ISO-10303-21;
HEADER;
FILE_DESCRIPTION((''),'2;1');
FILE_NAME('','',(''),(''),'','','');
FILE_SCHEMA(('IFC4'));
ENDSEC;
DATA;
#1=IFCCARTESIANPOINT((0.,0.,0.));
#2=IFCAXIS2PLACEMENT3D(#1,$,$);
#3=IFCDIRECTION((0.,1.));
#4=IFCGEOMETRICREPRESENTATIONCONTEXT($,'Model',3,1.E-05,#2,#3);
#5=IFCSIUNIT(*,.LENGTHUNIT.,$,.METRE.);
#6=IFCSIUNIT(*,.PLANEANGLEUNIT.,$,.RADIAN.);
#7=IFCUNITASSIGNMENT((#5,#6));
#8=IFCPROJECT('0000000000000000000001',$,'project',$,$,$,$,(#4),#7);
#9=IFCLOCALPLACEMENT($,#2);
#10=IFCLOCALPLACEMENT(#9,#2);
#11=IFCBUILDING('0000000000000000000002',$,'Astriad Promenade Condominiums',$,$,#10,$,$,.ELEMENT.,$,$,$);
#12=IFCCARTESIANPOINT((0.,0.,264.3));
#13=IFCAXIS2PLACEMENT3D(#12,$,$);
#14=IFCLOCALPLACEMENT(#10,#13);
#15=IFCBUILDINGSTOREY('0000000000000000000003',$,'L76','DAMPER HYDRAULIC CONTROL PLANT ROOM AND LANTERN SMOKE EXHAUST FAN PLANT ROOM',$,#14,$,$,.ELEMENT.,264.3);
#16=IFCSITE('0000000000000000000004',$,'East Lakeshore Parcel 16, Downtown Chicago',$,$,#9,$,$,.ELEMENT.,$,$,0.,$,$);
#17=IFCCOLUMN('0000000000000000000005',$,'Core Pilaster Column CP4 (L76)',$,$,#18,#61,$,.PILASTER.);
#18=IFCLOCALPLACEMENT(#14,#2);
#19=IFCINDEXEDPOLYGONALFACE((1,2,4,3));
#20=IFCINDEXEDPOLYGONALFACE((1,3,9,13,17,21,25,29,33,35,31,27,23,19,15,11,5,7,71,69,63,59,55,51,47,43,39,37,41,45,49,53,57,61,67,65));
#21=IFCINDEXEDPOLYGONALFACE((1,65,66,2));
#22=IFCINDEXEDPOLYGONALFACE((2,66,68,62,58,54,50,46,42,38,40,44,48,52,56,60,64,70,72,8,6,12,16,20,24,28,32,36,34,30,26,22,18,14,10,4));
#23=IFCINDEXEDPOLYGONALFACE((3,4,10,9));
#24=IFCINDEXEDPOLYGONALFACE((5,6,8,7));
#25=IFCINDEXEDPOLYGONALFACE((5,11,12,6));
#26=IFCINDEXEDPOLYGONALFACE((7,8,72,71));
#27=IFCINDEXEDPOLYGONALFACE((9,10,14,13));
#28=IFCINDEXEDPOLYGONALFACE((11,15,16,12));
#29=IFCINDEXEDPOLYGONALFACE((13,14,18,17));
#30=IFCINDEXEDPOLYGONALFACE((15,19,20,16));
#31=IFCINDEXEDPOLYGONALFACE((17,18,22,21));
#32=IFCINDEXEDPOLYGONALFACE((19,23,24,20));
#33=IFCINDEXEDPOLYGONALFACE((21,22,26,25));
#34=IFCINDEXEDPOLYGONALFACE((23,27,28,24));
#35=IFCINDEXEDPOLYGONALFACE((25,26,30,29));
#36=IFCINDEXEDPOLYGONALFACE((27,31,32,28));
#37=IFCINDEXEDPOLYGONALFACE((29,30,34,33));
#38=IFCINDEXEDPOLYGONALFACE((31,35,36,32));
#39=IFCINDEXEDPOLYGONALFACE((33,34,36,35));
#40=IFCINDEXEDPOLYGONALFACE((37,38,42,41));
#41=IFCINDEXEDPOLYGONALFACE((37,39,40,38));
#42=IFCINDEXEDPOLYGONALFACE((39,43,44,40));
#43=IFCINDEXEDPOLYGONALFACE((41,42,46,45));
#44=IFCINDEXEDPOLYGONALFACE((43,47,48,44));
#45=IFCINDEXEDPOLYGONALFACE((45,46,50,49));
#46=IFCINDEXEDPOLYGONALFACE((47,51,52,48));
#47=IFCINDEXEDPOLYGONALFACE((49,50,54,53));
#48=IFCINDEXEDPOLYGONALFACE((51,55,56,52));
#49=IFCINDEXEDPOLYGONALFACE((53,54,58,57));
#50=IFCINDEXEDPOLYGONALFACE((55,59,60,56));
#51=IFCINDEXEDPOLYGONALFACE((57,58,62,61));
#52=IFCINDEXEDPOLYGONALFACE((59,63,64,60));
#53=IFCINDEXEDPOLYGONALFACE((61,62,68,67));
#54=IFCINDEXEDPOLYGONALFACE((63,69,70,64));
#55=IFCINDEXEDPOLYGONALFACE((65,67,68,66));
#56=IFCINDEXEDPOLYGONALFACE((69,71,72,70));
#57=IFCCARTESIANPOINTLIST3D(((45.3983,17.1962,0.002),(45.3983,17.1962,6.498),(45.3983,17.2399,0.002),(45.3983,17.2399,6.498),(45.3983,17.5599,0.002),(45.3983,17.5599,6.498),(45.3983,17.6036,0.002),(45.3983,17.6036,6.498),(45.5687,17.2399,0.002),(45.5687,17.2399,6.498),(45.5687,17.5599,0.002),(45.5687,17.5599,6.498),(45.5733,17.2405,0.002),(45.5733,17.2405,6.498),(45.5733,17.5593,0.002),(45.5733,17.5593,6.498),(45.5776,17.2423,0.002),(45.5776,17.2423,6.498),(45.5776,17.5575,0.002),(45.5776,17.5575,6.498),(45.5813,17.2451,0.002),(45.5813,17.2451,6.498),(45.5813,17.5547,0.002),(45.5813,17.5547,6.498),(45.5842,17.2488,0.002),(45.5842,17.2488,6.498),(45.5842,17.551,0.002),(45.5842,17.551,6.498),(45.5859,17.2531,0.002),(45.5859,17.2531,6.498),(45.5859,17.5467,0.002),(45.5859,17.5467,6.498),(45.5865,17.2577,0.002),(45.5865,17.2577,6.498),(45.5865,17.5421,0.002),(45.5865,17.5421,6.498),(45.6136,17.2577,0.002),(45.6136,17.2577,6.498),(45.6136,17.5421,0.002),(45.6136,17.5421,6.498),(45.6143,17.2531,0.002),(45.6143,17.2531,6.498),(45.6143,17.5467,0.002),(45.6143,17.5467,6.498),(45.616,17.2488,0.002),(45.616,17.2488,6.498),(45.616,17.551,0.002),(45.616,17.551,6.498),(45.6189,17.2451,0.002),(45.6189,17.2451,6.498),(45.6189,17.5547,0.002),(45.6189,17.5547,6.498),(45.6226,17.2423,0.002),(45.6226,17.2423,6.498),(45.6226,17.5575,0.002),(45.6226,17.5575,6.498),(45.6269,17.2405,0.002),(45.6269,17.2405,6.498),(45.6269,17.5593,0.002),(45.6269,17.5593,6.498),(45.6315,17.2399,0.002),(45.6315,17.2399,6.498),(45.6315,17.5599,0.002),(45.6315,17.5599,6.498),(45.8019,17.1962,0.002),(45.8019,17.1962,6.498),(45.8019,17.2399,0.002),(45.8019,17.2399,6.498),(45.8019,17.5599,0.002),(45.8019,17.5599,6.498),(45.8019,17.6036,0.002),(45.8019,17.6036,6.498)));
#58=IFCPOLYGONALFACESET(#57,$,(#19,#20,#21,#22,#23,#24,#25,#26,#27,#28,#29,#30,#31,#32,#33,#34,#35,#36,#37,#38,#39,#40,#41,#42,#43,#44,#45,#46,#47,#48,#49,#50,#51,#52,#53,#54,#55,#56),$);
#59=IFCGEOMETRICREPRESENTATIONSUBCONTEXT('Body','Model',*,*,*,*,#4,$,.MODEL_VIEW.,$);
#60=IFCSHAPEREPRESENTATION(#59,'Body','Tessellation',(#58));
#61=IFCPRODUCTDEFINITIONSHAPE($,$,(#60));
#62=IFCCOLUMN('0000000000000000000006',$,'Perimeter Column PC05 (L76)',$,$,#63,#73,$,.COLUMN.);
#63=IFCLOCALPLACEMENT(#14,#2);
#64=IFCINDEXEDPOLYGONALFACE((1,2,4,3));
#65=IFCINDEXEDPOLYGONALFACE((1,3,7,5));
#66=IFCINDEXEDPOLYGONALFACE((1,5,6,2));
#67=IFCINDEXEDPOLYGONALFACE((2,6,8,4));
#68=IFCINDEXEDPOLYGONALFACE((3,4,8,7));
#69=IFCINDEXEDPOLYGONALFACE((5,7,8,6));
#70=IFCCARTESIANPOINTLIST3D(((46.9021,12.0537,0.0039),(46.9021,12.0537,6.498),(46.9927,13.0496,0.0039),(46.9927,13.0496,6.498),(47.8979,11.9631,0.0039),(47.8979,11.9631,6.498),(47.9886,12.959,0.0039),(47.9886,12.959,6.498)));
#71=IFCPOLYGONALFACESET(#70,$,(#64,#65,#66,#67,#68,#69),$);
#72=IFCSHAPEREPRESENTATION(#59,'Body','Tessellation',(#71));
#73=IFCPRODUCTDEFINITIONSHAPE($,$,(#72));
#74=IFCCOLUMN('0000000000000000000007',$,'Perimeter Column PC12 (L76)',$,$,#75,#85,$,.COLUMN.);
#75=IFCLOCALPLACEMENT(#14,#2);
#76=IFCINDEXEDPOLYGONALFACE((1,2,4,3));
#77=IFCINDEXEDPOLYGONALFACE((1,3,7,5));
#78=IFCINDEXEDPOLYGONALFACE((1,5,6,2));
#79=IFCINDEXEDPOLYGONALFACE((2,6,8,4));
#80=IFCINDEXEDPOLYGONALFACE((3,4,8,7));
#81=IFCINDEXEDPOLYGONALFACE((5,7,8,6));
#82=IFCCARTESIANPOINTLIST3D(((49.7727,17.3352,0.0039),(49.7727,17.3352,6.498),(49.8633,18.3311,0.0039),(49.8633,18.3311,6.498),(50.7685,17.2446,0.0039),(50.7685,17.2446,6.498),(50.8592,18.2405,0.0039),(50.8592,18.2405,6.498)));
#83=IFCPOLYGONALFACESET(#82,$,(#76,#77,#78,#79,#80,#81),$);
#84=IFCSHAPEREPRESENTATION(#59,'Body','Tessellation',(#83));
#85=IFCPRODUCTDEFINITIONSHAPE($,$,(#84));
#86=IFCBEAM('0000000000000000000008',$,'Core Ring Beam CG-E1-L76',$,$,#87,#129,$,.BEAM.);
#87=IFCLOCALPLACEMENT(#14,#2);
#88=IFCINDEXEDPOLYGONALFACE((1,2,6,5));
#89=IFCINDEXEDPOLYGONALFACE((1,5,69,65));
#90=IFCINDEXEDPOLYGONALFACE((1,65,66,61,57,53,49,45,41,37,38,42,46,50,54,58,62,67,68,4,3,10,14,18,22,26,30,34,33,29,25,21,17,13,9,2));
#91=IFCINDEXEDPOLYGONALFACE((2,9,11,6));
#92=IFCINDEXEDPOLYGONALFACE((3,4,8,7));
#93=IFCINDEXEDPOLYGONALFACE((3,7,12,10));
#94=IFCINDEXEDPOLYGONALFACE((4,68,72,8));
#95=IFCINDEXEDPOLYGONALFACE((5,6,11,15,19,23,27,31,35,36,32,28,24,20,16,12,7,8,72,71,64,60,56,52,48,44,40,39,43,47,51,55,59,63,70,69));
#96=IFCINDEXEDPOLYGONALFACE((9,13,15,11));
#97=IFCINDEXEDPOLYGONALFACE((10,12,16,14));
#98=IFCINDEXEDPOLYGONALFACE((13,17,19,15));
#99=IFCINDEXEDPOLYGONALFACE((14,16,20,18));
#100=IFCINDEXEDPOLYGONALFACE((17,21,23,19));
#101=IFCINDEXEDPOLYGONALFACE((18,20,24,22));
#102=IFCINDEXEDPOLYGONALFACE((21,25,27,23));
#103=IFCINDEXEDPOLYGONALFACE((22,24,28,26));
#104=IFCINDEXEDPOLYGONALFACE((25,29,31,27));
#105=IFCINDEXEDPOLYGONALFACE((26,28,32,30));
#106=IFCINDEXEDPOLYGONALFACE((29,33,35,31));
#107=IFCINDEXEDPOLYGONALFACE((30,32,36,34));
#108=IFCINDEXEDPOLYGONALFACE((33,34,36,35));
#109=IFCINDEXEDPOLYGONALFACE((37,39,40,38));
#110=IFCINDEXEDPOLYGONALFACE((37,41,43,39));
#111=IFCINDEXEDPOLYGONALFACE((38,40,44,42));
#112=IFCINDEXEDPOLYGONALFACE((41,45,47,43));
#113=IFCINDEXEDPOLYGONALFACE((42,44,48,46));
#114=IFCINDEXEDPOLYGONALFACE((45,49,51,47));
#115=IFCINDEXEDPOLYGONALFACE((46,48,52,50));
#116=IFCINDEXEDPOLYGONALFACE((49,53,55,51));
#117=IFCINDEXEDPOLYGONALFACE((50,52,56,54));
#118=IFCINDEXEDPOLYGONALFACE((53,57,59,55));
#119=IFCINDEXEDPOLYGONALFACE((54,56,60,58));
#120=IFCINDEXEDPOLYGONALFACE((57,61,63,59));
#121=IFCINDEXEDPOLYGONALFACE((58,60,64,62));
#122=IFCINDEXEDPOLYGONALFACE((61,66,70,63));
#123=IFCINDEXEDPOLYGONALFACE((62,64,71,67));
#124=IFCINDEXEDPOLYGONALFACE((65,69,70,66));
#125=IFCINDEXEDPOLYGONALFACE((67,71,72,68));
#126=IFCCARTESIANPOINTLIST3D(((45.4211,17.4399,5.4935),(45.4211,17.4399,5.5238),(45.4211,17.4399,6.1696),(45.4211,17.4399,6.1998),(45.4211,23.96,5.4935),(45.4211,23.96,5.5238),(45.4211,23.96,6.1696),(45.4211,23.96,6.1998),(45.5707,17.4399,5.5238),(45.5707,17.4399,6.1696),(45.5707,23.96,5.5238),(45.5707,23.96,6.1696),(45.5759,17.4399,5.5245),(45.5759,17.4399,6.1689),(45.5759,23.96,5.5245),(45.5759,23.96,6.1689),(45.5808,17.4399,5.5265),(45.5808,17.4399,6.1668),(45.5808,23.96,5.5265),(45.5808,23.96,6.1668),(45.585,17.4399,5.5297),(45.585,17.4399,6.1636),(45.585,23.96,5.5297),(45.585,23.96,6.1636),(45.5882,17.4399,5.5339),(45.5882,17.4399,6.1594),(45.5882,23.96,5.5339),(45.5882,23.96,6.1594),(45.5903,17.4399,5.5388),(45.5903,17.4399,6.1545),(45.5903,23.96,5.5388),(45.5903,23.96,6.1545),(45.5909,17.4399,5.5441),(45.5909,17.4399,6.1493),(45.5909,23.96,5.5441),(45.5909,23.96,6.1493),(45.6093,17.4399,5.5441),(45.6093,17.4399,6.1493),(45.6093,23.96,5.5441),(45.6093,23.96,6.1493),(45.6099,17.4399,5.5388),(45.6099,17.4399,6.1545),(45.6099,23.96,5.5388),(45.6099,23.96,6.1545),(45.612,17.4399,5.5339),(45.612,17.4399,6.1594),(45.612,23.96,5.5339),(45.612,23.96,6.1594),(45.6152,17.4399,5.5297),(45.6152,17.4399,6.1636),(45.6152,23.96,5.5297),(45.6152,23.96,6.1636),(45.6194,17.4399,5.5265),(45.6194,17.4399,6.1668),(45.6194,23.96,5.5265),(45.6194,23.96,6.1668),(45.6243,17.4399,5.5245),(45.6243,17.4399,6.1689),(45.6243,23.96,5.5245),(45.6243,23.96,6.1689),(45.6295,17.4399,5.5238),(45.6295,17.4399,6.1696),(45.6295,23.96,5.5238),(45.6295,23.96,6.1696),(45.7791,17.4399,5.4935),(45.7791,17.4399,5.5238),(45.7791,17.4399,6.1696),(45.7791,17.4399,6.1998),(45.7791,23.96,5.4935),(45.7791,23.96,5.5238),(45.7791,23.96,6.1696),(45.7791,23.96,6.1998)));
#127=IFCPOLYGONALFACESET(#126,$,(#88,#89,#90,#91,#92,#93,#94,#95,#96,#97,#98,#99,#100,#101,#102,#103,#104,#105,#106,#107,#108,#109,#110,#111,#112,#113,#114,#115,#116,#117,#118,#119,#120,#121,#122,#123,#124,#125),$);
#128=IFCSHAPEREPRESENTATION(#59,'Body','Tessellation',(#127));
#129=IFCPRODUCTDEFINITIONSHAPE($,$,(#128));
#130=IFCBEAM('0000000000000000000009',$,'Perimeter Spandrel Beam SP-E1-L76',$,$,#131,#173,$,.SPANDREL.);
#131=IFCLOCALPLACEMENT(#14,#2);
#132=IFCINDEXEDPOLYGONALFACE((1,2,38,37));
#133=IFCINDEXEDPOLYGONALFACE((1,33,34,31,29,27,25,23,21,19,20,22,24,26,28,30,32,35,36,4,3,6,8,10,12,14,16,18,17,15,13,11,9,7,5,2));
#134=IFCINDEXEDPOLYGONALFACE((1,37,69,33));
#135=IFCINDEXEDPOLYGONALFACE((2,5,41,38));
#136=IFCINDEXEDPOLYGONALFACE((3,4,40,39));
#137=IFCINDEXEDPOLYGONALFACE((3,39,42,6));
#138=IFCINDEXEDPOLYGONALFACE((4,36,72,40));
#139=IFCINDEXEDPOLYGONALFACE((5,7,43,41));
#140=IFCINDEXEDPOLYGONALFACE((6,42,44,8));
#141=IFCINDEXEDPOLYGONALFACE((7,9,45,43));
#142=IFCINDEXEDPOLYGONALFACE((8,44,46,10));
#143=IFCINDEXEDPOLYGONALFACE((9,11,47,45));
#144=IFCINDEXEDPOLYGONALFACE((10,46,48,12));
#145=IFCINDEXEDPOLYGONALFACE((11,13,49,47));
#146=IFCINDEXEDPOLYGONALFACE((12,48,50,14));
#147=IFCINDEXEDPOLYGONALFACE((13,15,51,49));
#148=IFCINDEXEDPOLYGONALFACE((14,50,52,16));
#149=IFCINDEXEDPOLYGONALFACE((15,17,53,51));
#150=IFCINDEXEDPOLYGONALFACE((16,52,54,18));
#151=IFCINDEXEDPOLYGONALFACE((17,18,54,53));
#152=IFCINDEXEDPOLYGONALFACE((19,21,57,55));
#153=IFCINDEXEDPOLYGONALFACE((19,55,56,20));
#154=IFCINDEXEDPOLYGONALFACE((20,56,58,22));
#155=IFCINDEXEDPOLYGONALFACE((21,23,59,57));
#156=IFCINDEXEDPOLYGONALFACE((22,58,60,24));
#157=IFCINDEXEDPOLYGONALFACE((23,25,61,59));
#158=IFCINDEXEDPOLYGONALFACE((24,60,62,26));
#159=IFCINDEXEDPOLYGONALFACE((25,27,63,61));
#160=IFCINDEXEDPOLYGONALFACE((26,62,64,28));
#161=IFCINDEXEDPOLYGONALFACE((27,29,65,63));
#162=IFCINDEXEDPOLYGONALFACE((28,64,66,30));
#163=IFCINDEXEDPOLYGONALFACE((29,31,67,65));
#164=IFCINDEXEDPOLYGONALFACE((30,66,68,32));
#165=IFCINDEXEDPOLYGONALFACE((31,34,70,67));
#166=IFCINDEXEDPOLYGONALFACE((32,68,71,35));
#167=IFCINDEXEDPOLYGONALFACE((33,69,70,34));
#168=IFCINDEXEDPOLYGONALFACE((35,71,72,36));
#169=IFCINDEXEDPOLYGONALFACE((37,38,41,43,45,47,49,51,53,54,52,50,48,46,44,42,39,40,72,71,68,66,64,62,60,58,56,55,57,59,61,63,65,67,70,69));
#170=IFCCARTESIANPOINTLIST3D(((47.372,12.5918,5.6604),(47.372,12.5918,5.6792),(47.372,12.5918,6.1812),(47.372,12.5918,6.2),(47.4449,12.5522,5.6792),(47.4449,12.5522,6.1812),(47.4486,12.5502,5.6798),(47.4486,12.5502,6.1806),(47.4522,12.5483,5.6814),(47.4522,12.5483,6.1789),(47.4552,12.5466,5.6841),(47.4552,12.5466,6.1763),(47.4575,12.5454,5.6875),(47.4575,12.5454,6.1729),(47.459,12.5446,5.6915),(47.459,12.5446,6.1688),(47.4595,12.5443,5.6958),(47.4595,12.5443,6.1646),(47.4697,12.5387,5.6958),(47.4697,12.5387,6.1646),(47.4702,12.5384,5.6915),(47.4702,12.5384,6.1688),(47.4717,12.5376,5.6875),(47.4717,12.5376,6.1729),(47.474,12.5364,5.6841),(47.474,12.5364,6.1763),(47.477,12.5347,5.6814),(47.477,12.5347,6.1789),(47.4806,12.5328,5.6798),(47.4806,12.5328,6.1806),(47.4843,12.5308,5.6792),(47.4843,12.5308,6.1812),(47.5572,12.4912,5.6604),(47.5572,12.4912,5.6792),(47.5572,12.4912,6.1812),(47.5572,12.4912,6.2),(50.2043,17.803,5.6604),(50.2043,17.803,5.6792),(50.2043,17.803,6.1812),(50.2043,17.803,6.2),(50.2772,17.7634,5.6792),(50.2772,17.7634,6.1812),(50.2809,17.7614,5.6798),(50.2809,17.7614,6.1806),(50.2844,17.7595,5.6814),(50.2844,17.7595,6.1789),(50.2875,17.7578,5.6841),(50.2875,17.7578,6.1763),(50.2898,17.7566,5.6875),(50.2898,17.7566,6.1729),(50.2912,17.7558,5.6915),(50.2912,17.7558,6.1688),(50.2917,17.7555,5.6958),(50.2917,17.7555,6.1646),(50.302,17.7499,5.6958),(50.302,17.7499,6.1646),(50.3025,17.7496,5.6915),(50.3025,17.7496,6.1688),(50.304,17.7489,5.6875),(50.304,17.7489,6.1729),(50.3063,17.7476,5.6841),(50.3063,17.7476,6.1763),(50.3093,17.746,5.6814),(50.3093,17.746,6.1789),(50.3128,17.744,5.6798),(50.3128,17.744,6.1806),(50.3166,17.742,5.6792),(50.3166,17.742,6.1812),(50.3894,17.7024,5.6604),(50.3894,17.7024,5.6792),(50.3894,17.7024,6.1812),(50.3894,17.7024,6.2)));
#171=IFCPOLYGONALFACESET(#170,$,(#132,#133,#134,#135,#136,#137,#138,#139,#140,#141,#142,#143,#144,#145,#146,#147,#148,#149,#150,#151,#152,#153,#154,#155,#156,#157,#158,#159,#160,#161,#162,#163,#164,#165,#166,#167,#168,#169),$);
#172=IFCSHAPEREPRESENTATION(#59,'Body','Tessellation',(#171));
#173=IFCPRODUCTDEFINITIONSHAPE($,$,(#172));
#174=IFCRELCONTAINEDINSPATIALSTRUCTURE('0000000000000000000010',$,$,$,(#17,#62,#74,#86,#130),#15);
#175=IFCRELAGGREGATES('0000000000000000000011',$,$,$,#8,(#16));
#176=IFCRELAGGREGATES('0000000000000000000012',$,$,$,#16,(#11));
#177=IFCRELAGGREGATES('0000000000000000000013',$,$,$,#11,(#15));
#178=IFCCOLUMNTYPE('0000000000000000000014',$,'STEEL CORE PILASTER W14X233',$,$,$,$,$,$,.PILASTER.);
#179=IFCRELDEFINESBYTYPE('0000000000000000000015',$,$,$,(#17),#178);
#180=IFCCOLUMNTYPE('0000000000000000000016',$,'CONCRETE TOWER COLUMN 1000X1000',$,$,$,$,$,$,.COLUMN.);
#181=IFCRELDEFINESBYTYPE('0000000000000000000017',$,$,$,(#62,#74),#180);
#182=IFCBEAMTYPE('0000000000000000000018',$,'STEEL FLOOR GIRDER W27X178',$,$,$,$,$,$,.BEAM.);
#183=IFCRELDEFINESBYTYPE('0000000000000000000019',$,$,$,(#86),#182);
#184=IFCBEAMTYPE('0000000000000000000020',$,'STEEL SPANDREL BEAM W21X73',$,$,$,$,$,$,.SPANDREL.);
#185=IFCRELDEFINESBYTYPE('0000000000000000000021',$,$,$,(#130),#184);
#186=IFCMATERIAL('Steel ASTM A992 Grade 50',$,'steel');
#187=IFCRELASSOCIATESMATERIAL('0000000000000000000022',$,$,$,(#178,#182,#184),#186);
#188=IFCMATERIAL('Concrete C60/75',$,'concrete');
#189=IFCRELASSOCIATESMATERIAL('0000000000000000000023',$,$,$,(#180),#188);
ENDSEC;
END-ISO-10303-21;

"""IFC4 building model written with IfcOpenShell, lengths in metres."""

from ifc_helpers import new_model, si_unit, direction, frame, origin, origin_2d, place, context, subcontext, project, spatial, rectangle, i_section, extrude, source, transform, mapped, material, material_profile, profile_set, type_object, type_shapes, element, save


model = new_model("IFC4")

# Units and contexts
model_context = context("Model", 3, precision=1e-05, world=origin(), true_north=direction((0.0, 1.0)))
body_context = subcontext(model_context, "Body", "Model", "MODEL_VIEW")
ifc_project = project(units=[si_unit("LENGTHUNIT", "METRE"), si_unit("PLANEANGLEUNIT", "RADIAN")], contexts=[model_context])

# Site, building, storey
site_placement = place(None, origin())
site = spatial("IfcSite", under=ifc_project, at=site_placement, Name="East Lakeshore Parcel 16, Downtown Chicago", CompositionType="ELEMENT", RefElevation=0.0)
building_placement = place(site_placement, origin())
building = spatial("IfcBuilding", under=site, at=building_placement, Name="Astriad Promenade Condominiums", CompositionType="ELEMENT")
storey_placement = place(building_placement, frame((0.0, 0.0, 264.3)))
storey = spatial("IfcBuildingStorey", under=building, at=storey_placement, Name="L76", Description="DAMPER HYDRAULIC CONTROL PLANT ROOM AND LANTERN SMOKE EXHAUST FAN PLANT ROOM", CompositionType="ELEMENT", Elevation=264.3)

# Columns
ifc_material_1 = material(Name="Steel ASTM A992 Grade 50", Category="steel")
ifc_material_profile_1 = material_profile(ifc_material_1, i_section(OverallWidth=0.4036, OverallDepth=0.4075, WebThickness=0.0271, FlangeThickness=0.0437, FilletRadius=0.0178, at=origin_2d()), Name="W14X233")
ifc_profile_set_1 = profile_set([ifc_material_profile_1], Name="Steel ASTM A992 Grade 50")
column_type_1 = type_object("IfcColumnType", Name="STEEL CORE PILASTER W14X233", PredefinedType="PILASTER", material=ifc_profile_set_1)
shared_shape_1 = source(origin(), body_context, "Body", "SweptSolid", [
    extrude(i_section(OverallWidth=0.4036, OverallDepth=0.4075, WebThickness=0.0271, FlangeThickness=0.0437, FilletRadius=0.0178, at=origin_2d()), origin(), (0.0, 0.0, 1.0), 6.4961),
])
type_shapes(column_type_1, [shared_shape_1])
column_placement = place(storey_placement, frame((45.6001, 17.3999, 0.002), z_axis=(0.0, 0.0, 1.0), x_axis=(1.0, 0.0, 0.0)))
element("IfcColumn", 1, at=column_placement, inside=storey, type_object=column_type_1, Name="Core Pilaster Column CP4 (L76)", PredefinedType="PILASTER", context=body_context, shape_type="MappedRepresentation", body=[
    mapped(shared_shape_1, transform((0.0, 0.0, 0.0), scale=1.0)),
])
ifc_material_2 = material(Name="Concrete C60/75", Category="concrete")
ifc_material_profile_2 = material_profile(ifc_material_2, rectangle(XDim=1.0, YDim=1.0, at=origin_2d()), Name="RC-COL-1000X1000")
ifc_profile_set_2 = profile_set([ifc_material_profile_2], Name="Concrete C60/75")
column_type_2 = type_object("IfcColumnType", Name="CONCRETE TOWER COLUMN 1000X1000", PredefinedType="COLUMN", material=ifc_profile_set_2)
shared_shape_2 = source(origin(), body_context, "Body", "SweptSolid", [
    extrude(rectangle(XDim=1.0, YDim=1.0, at=origin_2d()), origin(), (0.0, 0.0, 1.0), 6.4941),
])
type_shapes(column_type_2, [shared_shape_2])
for number, where, z_axis, x_axis, name in (
    (2, (47.4453, 12.5063, 0.0039), (0.0, 0.0, 1.0), (0.995884, -0.090633, 0.0), "Perimeter Column PC05 (L76)"),
    (3, (50.3159, 17.7878, 0.0039), (0.0, 0.0, 1.0), (0.995884, -0.090633, 0.0), "Perimeter Column PC12 (L76)"),
):
    element("IfcColumn", number, at=place(storey_placement, frame(where, z_axis=z_axis, x_axis=x_axis)), inside=storey, type_object=column_type_2, Name=name, PredefinedType="COLUMN", context=body_context, shape_type="MappedRepresentation", body=[
        mapped(shared_shape_2, transform((0.0, 0.0, 0.0), scale=1.0)),
    ])

# Beams
ifc_material_profile_3 = material_profile(ifc_material_1, i_section(OverallWidth=0.3579, OverallDepth=0.7063, WebThickness=0.0183, FlangeThickness=0.0303, FilletRadius=0.0203, at=origin_2d()), Name="W27X178")
ifc_profile_set_3 = profile_set([ifc_material_profile_3], Name="Steel ASTM A992 Grade 50")
beam_type_1 = type_object("IfcBeamType", Name="STEEL FLOOR GIRDER W27X178", PredefinedType="BEAM", material=ifc_profile_set_3)
shared_shape_3 = source(origin(), body_context, "Body", "SweptSolid", [
    extrude(i_section(OverallWidth=0.3579, OverallDepth=0.7063, WebThickness=0.0183, FlangeThickness=0.0303, FilletRadius=0.0203, at=origin_2d()), origin(), (0.0, 0.0, 1.0), 6.52),
])
type_shapes(beam_type_1, [shared_shape_3])
beam_1_placement = place(storey_placement, frame((45.6001, 17.4399, 5.8467), z_axis=(0.0, 1.0, 0.0), x_axis=(-1.0, 0.0, 0.0)))
element("IfcBeam", 4, at=beam_1_placement, inside=storey, type_object=beam_type_1, Name="Core Ring Beam CG-E1-L76", PredefinedType="BEAM", context=body_context, shape_type="MappedRepresentation", body=[
    mapped(shared_shape_3, transform((0.0, 0.0, 0.0), scale=1.0)),
])
ifc_material_profile_4 = material_profile(ifc_material_1, i_section(OverallWidth=0.2107, OverallDepth=0.5396, WebThickness=0.0117, FlangeThickness=0.0188, FilletRadius=0.0166, at=origin_2d()), Name="W21X73")
ifc_profile_set_4 = profile_set([ifc_material_profile_4], Name="Steel ASTM A992 Grade 50")
beam_type_2 = type_object("IfcBeamType", Name="STEEL SPANDREL BEAM W21X73", PredefinedType="SPANDREL", material=ifc_profile_set_4)
shared_shape_4 = source(origin(), body_context, "Body", "SweptSolid", [
    extrude(i_section(OverallWidth=0.2107, OverallDepth=0.5396, WebThickness=0.0117, FlangeThickness=0.0188, FilletRadius=0.0166, at=origin_2d()), origin(), (0.0, 0.0, 1.0), 5.9312),
])
type_shapes(beam_type_2, [shared_shape_4])
for number, where, z_axis, x_axis, name in (
    (5, (47.4646, 12.5415, 5.9302), (0.477528, 0.878617, 0.0), (-0.878617, 0.477528, 0.0), "Perimeter Spandrel Beam SP-E1-L76"),
):
    element("IfcBeam", number, at=place(storey_placement, frame(where, z_axis=z_axis, x_axis=x_axis)), inside=storey, type_object=beam_type_2, Name=name, PredefinedType="SPANDREL", context=body_context, shape_type="MappedRepresentation", body=[
        mapped(shared_shape_4, transform((0.0, 0.0, 0.0), scale=1.0)),
    ])

save(model, "model.ifc")
